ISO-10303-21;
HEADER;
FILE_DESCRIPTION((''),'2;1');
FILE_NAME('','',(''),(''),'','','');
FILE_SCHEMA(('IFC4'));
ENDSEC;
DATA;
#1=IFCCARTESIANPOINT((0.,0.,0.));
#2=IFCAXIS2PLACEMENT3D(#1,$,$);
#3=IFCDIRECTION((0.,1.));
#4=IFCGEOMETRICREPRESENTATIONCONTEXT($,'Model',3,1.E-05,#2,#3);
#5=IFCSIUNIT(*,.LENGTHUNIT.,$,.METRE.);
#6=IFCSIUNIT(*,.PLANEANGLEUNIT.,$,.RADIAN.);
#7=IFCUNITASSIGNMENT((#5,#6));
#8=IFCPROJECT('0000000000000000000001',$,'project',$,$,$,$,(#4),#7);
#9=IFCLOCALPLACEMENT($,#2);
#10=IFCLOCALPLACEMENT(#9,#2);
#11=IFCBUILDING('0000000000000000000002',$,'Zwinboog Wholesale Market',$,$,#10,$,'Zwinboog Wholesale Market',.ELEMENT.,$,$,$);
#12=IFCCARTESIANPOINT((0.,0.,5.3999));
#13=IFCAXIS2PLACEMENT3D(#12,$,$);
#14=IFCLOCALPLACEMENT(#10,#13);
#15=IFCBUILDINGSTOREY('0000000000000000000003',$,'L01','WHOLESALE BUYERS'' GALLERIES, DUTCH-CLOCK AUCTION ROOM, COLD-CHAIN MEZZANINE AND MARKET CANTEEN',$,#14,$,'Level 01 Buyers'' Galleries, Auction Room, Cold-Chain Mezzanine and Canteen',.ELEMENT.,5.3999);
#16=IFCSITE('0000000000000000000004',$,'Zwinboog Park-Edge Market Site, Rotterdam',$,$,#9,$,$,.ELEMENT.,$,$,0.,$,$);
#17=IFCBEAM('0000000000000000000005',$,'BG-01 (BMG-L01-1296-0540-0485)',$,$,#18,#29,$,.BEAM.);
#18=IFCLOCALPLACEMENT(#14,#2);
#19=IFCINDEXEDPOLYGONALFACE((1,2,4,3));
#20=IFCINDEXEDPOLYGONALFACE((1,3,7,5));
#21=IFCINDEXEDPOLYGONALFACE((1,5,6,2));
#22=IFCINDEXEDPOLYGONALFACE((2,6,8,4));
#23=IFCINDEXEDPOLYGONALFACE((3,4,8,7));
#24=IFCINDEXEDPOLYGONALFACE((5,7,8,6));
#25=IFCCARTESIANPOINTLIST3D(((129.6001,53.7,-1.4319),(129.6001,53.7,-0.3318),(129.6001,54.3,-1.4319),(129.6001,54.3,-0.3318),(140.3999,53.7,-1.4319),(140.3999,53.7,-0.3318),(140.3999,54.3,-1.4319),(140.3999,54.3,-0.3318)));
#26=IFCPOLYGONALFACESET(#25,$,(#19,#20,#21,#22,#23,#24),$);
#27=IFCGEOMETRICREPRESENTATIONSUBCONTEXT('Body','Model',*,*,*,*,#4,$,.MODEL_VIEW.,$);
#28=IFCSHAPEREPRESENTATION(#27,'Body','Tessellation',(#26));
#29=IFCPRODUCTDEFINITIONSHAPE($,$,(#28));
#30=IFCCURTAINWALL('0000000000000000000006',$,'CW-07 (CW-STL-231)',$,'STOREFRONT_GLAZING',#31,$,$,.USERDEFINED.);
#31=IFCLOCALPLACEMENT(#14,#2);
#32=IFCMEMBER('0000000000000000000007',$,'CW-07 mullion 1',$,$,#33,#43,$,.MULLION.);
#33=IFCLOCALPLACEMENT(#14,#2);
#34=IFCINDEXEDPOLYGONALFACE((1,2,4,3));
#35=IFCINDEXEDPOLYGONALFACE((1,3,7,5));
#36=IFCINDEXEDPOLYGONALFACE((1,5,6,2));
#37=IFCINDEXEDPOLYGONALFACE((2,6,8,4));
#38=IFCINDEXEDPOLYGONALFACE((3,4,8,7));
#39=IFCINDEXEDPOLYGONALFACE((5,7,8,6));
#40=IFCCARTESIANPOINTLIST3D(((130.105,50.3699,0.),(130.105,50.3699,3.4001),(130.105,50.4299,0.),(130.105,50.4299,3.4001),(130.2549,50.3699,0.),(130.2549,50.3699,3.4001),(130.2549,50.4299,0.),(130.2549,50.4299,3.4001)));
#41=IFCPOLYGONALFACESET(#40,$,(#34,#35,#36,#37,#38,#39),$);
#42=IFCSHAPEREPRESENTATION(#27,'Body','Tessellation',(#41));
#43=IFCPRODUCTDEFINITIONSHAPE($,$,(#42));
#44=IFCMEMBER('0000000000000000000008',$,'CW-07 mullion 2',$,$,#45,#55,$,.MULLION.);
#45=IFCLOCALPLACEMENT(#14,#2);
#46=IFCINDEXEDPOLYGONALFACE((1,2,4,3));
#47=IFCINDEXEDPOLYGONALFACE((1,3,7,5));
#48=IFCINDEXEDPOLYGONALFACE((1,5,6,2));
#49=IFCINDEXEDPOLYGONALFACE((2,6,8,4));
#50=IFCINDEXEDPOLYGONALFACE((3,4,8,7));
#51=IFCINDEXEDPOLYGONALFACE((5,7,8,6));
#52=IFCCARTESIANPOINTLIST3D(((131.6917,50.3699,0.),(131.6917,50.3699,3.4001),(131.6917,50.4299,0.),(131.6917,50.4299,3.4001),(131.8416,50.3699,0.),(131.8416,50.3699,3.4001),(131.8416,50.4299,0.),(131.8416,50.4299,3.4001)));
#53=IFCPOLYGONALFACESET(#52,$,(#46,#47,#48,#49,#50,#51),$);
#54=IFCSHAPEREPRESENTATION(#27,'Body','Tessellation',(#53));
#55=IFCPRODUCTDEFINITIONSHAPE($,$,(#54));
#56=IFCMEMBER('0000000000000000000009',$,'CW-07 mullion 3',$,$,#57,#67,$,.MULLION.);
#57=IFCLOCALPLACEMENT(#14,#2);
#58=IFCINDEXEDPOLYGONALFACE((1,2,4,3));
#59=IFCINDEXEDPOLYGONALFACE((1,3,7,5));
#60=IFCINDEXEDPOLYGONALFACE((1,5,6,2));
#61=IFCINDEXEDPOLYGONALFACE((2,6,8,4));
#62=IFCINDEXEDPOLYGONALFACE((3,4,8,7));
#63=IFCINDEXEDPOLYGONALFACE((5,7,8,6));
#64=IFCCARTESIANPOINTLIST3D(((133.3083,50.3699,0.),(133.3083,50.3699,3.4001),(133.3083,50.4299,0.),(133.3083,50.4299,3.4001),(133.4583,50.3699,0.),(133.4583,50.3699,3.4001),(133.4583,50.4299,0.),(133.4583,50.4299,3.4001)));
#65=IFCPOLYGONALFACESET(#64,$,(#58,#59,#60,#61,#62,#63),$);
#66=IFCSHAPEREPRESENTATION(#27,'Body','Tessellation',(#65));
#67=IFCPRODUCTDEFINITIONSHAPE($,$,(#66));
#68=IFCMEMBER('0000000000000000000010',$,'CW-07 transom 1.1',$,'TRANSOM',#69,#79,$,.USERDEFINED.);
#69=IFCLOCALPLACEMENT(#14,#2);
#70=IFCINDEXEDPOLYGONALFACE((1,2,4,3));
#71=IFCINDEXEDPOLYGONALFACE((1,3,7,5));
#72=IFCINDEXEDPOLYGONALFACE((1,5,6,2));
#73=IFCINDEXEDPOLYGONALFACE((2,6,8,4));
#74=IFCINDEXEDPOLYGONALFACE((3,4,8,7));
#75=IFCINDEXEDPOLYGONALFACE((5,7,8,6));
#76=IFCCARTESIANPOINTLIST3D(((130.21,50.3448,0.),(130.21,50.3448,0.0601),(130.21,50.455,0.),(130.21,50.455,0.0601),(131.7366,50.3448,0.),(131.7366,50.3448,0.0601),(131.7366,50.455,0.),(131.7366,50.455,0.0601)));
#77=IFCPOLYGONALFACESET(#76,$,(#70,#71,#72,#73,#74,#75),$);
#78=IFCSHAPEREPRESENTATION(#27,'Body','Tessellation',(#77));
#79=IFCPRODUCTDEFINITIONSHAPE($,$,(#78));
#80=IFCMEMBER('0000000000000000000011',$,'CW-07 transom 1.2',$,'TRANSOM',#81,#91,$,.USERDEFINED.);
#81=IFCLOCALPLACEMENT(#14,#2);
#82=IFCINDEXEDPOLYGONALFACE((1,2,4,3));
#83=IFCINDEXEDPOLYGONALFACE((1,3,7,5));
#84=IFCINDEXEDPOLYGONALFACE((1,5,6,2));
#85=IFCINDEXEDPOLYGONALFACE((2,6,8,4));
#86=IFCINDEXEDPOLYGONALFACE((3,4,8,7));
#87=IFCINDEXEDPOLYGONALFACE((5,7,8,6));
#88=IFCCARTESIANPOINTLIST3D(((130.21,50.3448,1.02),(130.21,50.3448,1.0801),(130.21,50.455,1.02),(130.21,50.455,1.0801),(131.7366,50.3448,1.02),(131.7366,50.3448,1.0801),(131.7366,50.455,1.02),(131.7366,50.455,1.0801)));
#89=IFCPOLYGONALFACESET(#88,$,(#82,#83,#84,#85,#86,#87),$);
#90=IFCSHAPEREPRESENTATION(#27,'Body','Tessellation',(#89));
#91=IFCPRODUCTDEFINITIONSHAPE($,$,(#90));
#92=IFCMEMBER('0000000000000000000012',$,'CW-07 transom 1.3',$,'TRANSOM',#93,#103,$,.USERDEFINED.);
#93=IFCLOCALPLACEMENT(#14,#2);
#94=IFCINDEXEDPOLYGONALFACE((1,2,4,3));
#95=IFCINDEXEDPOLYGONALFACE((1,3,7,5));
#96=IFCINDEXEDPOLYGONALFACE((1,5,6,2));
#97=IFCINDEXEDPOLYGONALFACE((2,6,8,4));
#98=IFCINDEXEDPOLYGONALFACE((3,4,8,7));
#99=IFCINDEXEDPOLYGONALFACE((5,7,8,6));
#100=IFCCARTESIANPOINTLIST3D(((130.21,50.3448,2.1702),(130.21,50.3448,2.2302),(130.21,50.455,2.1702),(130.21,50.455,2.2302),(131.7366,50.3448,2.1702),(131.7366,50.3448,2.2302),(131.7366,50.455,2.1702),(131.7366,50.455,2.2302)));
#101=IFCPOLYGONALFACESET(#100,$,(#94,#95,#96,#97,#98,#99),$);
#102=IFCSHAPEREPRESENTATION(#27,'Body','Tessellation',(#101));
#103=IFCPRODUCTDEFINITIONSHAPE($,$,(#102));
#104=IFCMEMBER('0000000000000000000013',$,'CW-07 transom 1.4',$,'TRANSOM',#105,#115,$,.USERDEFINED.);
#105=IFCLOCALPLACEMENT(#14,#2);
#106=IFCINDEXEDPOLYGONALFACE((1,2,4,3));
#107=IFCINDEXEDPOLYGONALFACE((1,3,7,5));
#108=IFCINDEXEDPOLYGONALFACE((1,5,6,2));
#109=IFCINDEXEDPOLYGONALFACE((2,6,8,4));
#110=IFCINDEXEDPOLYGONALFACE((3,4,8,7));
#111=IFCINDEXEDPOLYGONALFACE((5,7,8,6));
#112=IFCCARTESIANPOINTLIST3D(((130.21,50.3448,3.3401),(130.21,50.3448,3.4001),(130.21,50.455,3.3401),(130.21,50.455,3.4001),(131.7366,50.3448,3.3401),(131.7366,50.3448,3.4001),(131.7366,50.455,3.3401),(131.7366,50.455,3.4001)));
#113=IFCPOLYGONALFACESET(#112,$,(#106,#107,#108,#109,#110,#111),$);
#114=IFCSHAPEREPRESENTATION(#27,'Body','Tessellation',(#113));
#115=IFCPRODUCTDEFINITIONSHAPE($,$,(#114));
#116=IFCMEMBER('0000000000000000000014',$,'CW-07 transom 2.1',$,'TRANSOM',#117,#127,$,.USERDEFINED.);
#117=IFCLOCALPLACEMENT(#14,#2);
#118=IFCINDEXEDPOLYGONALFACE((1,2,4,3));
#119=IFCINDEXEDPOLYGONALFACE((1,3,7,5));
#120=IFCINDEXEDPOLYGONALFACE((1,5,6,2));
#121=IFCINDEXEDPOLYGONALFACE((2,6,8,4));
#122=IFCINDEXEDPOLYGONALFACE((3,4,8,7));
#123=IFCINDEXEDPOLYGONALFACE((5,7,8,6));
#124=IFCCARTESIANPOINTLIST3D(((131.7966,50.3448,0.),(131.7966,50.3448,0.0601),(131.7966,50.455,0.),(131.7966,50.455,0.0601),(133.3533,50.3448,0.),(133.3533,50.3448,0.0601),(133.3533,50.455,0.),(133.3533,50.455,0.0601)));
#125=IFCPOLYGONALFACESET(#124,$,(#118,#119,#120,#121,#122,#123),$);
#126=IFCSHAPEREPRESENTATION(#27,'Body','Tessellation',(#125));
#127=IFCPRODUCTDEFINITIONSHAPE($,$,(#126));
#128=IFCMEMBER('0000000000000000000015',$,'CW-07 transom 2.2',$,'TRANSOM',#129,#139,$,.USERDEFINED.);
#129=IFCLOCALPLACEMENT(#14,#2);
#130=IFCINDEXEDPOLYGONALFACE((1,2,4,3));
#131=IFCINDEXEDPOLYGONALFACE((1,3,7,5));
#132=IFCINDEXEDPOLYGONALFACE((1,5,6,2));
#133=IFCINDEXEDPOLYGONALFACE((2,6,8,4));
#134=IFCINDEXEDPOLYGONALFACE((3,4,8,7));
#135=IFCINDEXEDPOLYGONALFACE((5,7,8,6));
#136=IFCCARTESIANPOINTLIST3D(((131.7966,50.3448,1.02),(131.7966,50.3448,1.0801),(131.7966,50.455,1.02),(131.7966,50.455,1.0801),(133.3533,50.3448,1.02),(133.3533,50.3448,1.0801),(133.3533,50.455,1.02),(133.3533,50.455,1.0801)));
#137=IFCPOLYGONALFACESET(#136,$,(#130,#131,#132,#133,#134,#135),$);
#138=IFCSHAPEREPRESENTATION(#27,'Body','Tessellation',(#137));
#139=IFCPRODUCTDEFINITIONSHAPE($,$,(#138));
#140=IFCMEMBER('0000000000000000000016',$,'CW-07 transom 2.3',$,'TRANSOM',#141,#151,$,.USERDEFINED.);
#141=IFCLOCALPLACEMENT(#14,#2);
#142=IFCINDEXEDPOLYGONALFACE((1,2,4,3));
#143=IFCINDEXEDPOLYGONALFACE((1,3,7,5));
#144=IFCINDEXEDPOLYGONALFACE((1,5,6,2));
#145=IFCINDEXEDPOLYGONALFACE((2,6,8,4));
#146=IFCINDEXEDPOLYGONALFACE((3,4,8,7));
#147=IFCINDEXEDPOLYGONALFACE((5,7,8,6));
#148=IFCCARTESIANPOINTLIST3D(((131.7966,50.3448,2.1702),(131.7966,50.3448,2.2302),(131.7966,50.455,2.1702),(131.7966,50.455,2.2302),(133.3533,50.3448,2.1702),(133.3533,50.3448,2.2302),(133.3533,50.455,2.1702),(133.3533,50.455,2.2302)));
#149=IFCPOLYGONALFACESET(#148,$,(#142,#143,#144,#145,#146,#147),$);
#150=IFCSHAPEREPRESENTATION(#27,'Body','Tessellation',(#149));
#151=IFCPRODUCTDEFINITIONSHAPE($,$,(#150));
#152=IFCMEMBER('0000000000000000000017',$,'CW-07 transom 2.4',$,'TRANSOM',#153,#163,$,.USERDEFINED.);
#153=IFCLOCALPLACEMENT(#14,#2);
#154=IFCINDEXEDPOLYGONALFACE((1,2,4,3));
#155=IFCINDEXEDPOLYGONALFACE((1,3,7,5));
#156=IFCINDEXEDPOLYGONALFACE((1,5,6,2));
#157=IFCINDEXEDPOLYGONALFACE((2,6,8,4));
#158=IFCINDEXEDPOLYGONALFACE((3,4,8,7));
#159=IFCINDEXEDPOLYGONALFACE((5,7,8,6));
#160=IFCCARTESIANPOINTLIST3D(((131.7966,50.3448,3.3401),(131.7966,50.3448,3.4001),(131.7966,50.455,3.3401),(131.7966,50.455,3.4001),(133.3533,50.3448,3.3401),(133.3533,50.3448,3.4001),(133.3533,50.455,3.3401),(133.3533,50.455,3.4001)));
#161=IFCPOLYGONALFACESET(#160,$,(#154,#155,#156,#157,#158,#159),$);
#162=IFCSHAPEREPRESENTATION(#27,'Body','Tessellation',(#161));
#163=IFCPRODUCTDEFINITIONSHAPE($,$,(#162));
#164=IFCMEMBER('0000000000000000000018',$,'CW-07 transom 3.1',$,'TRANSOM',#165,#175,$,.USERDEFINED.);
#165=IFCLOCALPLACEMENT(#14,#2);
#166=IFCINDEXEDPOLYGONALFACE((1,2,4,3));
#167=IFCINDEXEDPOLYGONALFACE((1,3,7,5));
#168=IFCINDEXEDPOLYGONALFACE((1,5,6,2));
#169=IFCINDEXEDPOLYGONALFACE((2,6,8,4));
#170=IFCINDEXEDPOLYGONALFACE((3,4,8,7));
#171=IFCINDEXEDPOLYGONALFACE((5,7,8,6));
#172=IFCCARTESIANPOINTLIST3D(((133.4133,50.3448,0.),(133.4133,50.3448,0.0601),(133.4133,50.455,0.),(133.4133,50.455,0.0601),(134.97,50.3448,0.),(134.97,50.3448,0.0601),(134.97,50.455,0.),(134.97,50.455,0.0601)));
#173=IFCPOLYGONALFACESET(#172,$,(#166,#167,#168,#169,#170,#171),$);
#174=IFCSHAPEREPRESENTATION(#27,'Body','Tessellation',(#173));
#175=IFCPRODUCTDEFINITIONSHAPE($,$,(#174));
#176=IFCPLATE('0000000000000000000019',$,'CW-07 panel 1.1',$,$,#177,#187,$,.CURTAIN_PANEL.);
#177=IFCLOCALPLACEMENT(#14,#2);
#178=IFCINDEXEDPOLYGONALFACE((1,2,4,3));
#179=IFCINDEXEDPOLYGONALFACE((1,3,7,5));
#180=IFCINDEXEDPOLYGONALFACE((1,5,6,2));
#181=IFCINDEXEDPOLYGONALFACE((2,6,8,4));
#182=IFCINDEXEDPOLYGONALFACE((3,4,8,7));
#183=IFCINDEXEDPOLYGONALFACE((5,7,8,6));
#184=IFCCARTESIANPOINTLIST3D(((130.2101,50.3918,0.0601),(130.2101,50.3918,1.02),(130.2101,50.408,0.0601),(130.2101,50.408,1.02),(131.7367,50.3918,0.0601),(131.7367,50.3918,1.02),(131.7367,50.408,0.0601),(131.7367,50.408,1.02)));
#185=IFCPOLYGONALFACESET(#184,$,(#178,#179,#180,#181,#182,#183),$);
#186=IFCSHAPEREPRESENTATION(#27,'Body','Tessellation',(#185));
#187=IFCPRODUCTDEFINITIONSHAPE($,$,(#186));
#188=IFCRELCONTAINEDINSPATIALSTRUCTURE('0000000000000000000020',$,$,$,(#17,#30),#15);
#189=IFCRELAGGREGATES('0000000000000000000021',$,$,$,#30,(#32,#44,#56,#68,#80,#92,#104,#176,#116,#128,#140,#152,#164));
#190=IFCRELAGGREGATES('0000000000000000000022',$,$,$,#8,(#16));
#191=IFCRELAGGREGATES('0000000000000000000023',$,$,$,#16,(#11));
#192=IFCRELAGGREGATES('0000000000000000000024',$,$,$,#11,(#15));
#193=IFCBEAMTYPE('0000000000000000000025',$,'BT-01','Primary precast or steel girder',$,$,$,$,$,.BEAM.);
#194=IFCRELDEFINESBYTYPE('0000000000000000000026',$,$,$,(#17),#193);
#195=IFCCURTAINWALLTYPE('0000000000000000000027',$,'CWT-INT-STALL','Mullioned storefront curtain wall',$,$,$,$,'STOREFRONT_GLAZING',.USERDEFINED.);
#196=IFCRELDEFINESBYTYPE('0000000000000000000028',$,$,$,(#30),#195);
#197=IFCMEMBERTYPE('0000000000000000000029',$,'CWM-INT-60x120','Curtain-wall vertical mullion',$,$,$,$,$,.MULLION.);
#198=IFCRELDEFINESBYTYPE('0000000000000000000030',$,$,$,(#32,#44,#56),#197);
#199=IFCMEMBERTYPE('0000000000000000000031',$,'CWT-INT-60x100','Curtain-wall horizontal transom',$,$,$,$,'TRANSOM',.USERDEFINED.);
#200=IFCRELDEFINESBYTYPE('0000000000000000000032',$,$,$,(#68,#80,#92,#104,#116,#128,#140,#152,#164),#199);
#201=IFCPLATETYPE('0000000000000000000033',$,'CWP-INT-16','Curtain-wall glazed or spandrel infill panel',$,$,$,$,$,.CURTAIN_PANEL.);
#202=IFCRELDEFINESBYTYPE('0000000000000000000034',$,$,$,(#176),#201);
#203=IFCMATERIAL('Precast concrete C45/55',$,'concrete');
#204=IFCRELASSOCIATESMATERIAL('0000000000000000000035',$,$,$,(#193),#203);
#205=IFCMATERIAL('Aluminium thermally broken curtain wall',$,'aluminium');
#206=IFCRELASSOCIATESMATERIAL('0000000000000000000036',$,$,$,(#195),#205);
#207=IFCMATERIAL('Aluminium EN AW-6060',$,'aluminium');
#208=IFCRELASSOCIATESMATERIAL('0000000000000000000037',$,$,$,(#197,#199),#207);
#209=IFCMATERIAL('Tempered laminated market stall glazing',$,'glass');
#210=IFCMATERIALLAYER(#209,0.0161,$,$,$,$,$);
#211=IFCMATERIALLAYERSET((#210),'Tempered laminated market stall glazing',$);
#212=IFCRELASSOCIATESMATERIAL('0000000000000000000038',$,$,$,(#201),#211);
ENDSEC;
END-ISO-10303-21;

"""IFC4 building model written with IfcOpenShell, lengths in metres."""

from ifc_helpers import new_model, si_unit, direction, frame, origin, origin_2d, place, context, subcontext, project, spatial, rectangle, extrude, material, layer, layer_set, material_profile, profile_set, type_object, element, aggregate, save


model = new_model("IFC4")

# Units and contexts
model_context = context("Model", 3, precision=1e-05, world=origin(), true_north=direction((0.0, 1.0)))
body_context = subcontext(model_context, "Body", "Model", "MODEL_VIEW")
ifc_project = project(units=[si_unit("LENGTHUNIT", "METRE"), si_unit("PLANEANGLEUNIT", "RADIAN")], contexts=[model_context])

# Site, building, storey
site_placement = place(None, origin())
site = spatial("IfcSite", under=ifc_project, at=site_placement, Name="Zwinboog Park-Edge Market Site, Rotterdam", CompositionType="ELEMENT", RefElevation=0.0)
building_placement = place(site_placement, origin())
building = spatial("IfcBuilding", under=site, at=building_placement, Name="Zwinboog Wholesale Market", LongName="Zwinboog Wholesale Market", CompositionType="ELEMENT")
storey_placement = place(building_placement, frame((0.0, 0.0, 5.3999)))
storey = spatial("IfcBuildingStorey", under=building, at=storey_placement, Name="L01", Description="WHOLESALE BUYERS' GALLERIES, DUTCH-CLOCK AUCTION ROOM, COLD-CHAIN MEZZANINE AND MARKET CANTEEN", LongName="Level 01 Buyers' Galleries, Auction Room, Cold-Chain Mezzanine and Canteen", CompositionType="ELEMENT", Elevation=5.3999)

# Beam
ifc_material_1 = material(Name="Precast concrete C45/55", Category="concrete")
ifc_material_profile_1 = material_profile(ifc_material_1, rectangle(XDim=0.6001, YDim=1.1001, at=origin_2d()), Name="PC 600x1100")
ifc_profile_set_1 = profile_set([ifc_material_profile_1], Name="Precast concrete C45/55")
beam_type = type_object("IfcBeamType", Name="BT-01", Description="Primary precast or steel girder", PredefinedType="BEAM", material=ifc_profile_set_1)
beam_placement = place(storey_placement, frame((129.6001, 54.0, -0.8818), z_axis=(1.0, 0.0, 0.0), x_axis=(0.0, 1.0, 0.0)))
element("IfcBeam", 1, at=beam_placement, inside=storey, type_object=beam_type, Name="BG-01 (BMG-L01-1296-0540-0485)", PredefinedType="BEAM", context=body_context, shape_type="SweptSolid", body=[
    extrude(rectangle(XDim=0.6001, YDim=1.1001, at=origin_2d()), origin(), (0.0, 0.0, 1.0), 10.7998),
])

# Curtain wall, members, plate
ifc_material_2 = material(Name="Aluminium thermally broken curtain wall", Category="aluminium")
curtain_wall_type = type_object("IfcCurtainWallType", Name="CWT-INT-STALL", Description="Mullioned storefront curtain wall", ElementType="STOREFRONT_GLAZING", PredefinedType="USERDEFINED", material=ifc_material_2)
curtain_wall_placement = place(storey_placement, origin())
curtain_wall = element("IfcCurtainWall", 2, at=curtain_wall_placement, inside=storey, type_object=curtain_wall_type, Name="CW-07 (CW-STL-231)", ObjectType="STOREFRONT_GLAZING", PredefinedType="USERDEFINED")
ifc_material_3 = material(Name="Aluminium EN AW-6060", Category="aluminium")
ifc_material_profile_2 = material_profile(ifc_material_3, rectangle(XDim=0.0601, YDim=0.1499, at=origin_2d()), Name="AL 60x150")
ifc_profile_set_2 = profile_set([ifc_material_profile_2], Name="Aluminium EN AW-6060")
member_type_1 = type_object("IfcMemberType", Name="CWM-INT-60x120", Description="Curtain-wall vertical mullion", PredefinedType="MULLION", material=ifc_profile_set_2)
member_1_placement = place(storey_placement, frame((130.1799, 50.3999, 0.0), z_axis=(0.0, 0.0, 1.0), x_axis=(0.0, 1.0, 0.0)))
member_1 = element("IfcMember", 3, at=member_1_placement, type_object=member_type_1, Name="CW-07 mullion 1", PredefinedType="MULLION", context=body_context, shape_type="SweptSolid", body=[
    extrude(rectangle(XDim=0.0601, YDim=0.1499, at=origin_2d()), origin(), (0.0, 0.0, 1.0), 3.4001),
])
member_2_placement = place(storey_placement, frame((131.7666, 50.3999, 0.0), z_axis=(0.0, 0.0, 1.0), x_axis=(0.0, 1.0, 0.0)))
member_2 = element("IfcMember", 4, at=member_2_placement, type_object=member_type_1, Name="CW-07 mullion 2", PredefinedType="MULLION", context=body_context, shape_type="SweptSolid", body=[
    extrude(rectangle(XDim=0.0601, YDim=0.1499, at=origin_2d()), origin(), (0.0, 0.0, 1.0), 3.4001),
])
member_3_placement = place(storey_placement, frame((133.3833, 50.3999, 0.0), z_axis=(0.0, 0.0, 1.0), x_axis=(0.0, 1.0, 0.0)))
member_3 = element("IfcMember", 5, at=member_3_placement, type_object=member_type_1, Name="CW-07 mullion 3", PredefinedType="MULLION", context=body_context, shape_type="SweptSolid", body=[
    extrude(rectangle(XDim=0.0601, YDim=0.1499, at=origin_2d()), origin(), (0.0, 0.0, 1.0), 3.4001),
])
ifc_material_profile_3 = material_profile(ifc_material_3, rectangle(XDim=0.1101, YDim=0.0601, at=origin_2d()), Name="AL 60x110")
ifc_profile_set_3 = profile_set([ifc_material_profile_3], Name="Aluminium EN AW-6060")
member_type_2 = type_object("IfcMemberType", Name="CWT-INT-60x100", Description="Curtain-wall horizontal transom", ElementType="TRANSOM", PredefinedType="USERDEFINED", material=ifc_profile_set_3)
member_4_placement = place(storey_placement, frame((130.21, 50.3999, 0.03), z_axis=(1.0, 0.0, 0.0), x_axis=(0.0, 1.0, 0.0)))
member_4 = element("IfcMember", 6, at=member_4_placement, type_object=member_type_2, Name="CW-07 transom 1.1", ObjectType="TRANSOM", PredefinedType="USERDEFINED", context=body_context, shape_type="SweptSolid", body=[
    extrude(rectangle(XDim=0.1101, YDim=0.0601, at=origin_2d()), origin(), (0.0, 0.0, 1.0), 1.5266),
])
member_5_placement = place(storey_placement, frame((130.21, 50.3999, 1.05), z_axis=(1.0, 0.0, 0.0), x_axis=(0.0, 1.0, 0.0)))
member_5 = element("IfcMember", 7, at=member_5_placement, type_object=member_type_2, Name="CW-07 transom 1.2", ObjectType="TRANSOM", PredefinedType="USERDEFINED", context=body_context, shape_type="SweptSolid", body=[
    extrude(rectangle(XDim=0.1101, YDim=0.0601, at=origin_2d()), origin(), (0.0, 0.0, 1.0), 1.5266),
])
member_6_placement = place(storey_placement, frame((130.21, 50.3999, 2.2002), z_axis=(1.0, 0.0, 0.0), x_axis=(0.0, 1.0, 0.0)))
member_6 = element("IfcMember", 8, at=member_6_placement, type_object=member_type_2, Name="CW-07 transom 1.3", ObjectType="TRANSOM", PredefinedType="USERDEFINED", context=body_context, shape_type="SweptSolid", body=[
    extrude(rectangle(XDim=0.1101, YDim=0.0601, at=origin_2d()), origin(), (0.0, 0.0, 1.0), 1.5266),
])
member_7_placement = place(storey_placement, frame((130.21, 50.3999, 3.3701), z_axis=(1.0, 0.0, 0.0), x_axis=(0.0, 1.0, 0.0)))
member_7 = element("IfcMember", 9, at=member_7_placement, type_object=member_type_2, Name="CW-07 transom 1.4", ObjectType="TRANSOM", PredefinedType="USERDEFINED", context=body_context, shape_type="SweptSolid", body=[
    extrude(rectangle(XDim=0.1101, YDim=0.0601, at=origin_2d()), origin(), (0.0, 0.0, 1.0), 1.5266),
])
member_8_placement = place(storey_placement, frame((131.7966, 50.3999, 0.03), z_axis=(1.0, 0.0, 0.0), x_axis=(0.0, 1.0, 0.0)))
member_8 = element("IfcMember", 10, at=member_8_placement, type_object=member_type_2, Name="CW-07 transom 2.1", ObjectType="TRANSOM", PredefinedType="USERDEFINED", context=body_context, shape_type="SweptSolid", body=[
    extrude(rectangle(XDim=0.1101, YDim=0.0601, at=origin_2d()), origin(), (0.0, 0.0, 1.0), 1.5566),
])
member_9_placement = place(storey_placement, frame((131.7966, 50.3999, 1.05), z_axis=(1.0, 0.0, 0.0), x_axis=(0.0, 1.0, 0.0)))
member_9 = element("IfcMember", 11, at=member_9_placement, type_object=member_type_2, Name="CW-07 transom 2.2", ObjectType="TRANSOM", PredefinedType="USERDEFINED", context=body_context, shape_type="SweptSolid", body=[
    extrude(rectangle(XDim=0.1101, YDim=0.0601, at=origin_2d()), origin(), (0.0, 0.0, 1.0), 1.5566),
])
member_10_placement = place(storey_placement, frame((131.7966, 50.3999, 2.2002), z_axis=(1.0, 0.0, 0.0), x_axis=(0.0, 1.0, 0.0)))
member_10 = element("IfcMember", 12, at=member_10_placement, type_object=member_type_2, Name="CW-07 transom 2.3", ObjectType="TRANSOM", PredefinedType="USERDEFINED", context=body_context, shape_type="SweptSolid", body=[
    extrude(rectangle(XDim=0.1101, YDim=0.0601, at=origin_2d()), origin(), (0.0, 0.0, 1.0), 1.5566),
])
member_11_placement = place(storey_placement, frame((131.7966, 50.3999, 3.3701), z_axis=(1.0, 0.0, 0.0), x_axis=(0.0, 1.0, 0.0)))
member_11 = element("IfcMember", 13, at=member_11_placement, type_object=member_type_2, Name="CW-07 transom 2.4", ObjectType="TRANSOM", PredefinedType="USERDEFINED", context=body_context, shape_type="SweptSolid", body=[
    extrude(rectangle(XDim=0.1101, YDim=0.0601, at=origin_2d()), origin(), (0.0, 0.0, 1.0), 1.5566),
])
member_12_placement = place(storey_placement, frame((133.4133, 50.3999, 0.03), z_axis=(1.0, 0.0, 0.0), x_axis=(0.0, 1.0, 0.0)))
member_12 = element("IfcMember", 14, at=member_12_placement, type_object=member_type_2, Name="CW-07 transom 3.1", ObjectType="TRANSOM", PredefinedType="USERDEFINED", context=body_context, shape_type="SweptSolid", body=[
    extrude(rectangle(XDim=0.1101, YDim=0.0601, at=origin_2d()), origin(), (0.0, 0.0, 1.0), 1.5566),
])
ifc_material_4 = material(Name="Tempered laminated market stall glazing", Category="glass")
ifc_layer_1 = layer(ifc_material_4, 0.0161)
ifc_layer_set_1 = layer_set([ifc_layer_1], Name="Tempered laminated market stall glazing")
plate_type = type_object("IfcPlateType", Name="CWP-INT-16", Description="Curtain-wall glazed or spandrel infill panel", PredefinedType="CURTAIN_PANEL", material=ifc_layer_set_1)
plate_1_placement = place(storey_placement, frame((130.9734, 50.3999, 0.0601), z_axis=(0.0, 0.0, 1.0), x_axis=(1.0, 0.0, 0.0)))
plate_1 = element("IfcPlate", 15, at=plate_1_placement, type_object=plate_type, Name="CW-07 panel 1.1", PredefinedType="CURTAIN_PANEL", context=body_context, shape_type="SweptSolid", body=[
    extrude(rectangle(XDim=1.5266, YDim=0.0161, at=origin_2d()), origin(), (0.0, 0.0, 1.0), 0.96),
])
aggregate(curtain_wall, [member_1, member_2, member_3, member_4, member_5, member_6, member_7, plate_1, member_8, member_9, member_10, member_11, member_12])

save(model, "model.ifc")
